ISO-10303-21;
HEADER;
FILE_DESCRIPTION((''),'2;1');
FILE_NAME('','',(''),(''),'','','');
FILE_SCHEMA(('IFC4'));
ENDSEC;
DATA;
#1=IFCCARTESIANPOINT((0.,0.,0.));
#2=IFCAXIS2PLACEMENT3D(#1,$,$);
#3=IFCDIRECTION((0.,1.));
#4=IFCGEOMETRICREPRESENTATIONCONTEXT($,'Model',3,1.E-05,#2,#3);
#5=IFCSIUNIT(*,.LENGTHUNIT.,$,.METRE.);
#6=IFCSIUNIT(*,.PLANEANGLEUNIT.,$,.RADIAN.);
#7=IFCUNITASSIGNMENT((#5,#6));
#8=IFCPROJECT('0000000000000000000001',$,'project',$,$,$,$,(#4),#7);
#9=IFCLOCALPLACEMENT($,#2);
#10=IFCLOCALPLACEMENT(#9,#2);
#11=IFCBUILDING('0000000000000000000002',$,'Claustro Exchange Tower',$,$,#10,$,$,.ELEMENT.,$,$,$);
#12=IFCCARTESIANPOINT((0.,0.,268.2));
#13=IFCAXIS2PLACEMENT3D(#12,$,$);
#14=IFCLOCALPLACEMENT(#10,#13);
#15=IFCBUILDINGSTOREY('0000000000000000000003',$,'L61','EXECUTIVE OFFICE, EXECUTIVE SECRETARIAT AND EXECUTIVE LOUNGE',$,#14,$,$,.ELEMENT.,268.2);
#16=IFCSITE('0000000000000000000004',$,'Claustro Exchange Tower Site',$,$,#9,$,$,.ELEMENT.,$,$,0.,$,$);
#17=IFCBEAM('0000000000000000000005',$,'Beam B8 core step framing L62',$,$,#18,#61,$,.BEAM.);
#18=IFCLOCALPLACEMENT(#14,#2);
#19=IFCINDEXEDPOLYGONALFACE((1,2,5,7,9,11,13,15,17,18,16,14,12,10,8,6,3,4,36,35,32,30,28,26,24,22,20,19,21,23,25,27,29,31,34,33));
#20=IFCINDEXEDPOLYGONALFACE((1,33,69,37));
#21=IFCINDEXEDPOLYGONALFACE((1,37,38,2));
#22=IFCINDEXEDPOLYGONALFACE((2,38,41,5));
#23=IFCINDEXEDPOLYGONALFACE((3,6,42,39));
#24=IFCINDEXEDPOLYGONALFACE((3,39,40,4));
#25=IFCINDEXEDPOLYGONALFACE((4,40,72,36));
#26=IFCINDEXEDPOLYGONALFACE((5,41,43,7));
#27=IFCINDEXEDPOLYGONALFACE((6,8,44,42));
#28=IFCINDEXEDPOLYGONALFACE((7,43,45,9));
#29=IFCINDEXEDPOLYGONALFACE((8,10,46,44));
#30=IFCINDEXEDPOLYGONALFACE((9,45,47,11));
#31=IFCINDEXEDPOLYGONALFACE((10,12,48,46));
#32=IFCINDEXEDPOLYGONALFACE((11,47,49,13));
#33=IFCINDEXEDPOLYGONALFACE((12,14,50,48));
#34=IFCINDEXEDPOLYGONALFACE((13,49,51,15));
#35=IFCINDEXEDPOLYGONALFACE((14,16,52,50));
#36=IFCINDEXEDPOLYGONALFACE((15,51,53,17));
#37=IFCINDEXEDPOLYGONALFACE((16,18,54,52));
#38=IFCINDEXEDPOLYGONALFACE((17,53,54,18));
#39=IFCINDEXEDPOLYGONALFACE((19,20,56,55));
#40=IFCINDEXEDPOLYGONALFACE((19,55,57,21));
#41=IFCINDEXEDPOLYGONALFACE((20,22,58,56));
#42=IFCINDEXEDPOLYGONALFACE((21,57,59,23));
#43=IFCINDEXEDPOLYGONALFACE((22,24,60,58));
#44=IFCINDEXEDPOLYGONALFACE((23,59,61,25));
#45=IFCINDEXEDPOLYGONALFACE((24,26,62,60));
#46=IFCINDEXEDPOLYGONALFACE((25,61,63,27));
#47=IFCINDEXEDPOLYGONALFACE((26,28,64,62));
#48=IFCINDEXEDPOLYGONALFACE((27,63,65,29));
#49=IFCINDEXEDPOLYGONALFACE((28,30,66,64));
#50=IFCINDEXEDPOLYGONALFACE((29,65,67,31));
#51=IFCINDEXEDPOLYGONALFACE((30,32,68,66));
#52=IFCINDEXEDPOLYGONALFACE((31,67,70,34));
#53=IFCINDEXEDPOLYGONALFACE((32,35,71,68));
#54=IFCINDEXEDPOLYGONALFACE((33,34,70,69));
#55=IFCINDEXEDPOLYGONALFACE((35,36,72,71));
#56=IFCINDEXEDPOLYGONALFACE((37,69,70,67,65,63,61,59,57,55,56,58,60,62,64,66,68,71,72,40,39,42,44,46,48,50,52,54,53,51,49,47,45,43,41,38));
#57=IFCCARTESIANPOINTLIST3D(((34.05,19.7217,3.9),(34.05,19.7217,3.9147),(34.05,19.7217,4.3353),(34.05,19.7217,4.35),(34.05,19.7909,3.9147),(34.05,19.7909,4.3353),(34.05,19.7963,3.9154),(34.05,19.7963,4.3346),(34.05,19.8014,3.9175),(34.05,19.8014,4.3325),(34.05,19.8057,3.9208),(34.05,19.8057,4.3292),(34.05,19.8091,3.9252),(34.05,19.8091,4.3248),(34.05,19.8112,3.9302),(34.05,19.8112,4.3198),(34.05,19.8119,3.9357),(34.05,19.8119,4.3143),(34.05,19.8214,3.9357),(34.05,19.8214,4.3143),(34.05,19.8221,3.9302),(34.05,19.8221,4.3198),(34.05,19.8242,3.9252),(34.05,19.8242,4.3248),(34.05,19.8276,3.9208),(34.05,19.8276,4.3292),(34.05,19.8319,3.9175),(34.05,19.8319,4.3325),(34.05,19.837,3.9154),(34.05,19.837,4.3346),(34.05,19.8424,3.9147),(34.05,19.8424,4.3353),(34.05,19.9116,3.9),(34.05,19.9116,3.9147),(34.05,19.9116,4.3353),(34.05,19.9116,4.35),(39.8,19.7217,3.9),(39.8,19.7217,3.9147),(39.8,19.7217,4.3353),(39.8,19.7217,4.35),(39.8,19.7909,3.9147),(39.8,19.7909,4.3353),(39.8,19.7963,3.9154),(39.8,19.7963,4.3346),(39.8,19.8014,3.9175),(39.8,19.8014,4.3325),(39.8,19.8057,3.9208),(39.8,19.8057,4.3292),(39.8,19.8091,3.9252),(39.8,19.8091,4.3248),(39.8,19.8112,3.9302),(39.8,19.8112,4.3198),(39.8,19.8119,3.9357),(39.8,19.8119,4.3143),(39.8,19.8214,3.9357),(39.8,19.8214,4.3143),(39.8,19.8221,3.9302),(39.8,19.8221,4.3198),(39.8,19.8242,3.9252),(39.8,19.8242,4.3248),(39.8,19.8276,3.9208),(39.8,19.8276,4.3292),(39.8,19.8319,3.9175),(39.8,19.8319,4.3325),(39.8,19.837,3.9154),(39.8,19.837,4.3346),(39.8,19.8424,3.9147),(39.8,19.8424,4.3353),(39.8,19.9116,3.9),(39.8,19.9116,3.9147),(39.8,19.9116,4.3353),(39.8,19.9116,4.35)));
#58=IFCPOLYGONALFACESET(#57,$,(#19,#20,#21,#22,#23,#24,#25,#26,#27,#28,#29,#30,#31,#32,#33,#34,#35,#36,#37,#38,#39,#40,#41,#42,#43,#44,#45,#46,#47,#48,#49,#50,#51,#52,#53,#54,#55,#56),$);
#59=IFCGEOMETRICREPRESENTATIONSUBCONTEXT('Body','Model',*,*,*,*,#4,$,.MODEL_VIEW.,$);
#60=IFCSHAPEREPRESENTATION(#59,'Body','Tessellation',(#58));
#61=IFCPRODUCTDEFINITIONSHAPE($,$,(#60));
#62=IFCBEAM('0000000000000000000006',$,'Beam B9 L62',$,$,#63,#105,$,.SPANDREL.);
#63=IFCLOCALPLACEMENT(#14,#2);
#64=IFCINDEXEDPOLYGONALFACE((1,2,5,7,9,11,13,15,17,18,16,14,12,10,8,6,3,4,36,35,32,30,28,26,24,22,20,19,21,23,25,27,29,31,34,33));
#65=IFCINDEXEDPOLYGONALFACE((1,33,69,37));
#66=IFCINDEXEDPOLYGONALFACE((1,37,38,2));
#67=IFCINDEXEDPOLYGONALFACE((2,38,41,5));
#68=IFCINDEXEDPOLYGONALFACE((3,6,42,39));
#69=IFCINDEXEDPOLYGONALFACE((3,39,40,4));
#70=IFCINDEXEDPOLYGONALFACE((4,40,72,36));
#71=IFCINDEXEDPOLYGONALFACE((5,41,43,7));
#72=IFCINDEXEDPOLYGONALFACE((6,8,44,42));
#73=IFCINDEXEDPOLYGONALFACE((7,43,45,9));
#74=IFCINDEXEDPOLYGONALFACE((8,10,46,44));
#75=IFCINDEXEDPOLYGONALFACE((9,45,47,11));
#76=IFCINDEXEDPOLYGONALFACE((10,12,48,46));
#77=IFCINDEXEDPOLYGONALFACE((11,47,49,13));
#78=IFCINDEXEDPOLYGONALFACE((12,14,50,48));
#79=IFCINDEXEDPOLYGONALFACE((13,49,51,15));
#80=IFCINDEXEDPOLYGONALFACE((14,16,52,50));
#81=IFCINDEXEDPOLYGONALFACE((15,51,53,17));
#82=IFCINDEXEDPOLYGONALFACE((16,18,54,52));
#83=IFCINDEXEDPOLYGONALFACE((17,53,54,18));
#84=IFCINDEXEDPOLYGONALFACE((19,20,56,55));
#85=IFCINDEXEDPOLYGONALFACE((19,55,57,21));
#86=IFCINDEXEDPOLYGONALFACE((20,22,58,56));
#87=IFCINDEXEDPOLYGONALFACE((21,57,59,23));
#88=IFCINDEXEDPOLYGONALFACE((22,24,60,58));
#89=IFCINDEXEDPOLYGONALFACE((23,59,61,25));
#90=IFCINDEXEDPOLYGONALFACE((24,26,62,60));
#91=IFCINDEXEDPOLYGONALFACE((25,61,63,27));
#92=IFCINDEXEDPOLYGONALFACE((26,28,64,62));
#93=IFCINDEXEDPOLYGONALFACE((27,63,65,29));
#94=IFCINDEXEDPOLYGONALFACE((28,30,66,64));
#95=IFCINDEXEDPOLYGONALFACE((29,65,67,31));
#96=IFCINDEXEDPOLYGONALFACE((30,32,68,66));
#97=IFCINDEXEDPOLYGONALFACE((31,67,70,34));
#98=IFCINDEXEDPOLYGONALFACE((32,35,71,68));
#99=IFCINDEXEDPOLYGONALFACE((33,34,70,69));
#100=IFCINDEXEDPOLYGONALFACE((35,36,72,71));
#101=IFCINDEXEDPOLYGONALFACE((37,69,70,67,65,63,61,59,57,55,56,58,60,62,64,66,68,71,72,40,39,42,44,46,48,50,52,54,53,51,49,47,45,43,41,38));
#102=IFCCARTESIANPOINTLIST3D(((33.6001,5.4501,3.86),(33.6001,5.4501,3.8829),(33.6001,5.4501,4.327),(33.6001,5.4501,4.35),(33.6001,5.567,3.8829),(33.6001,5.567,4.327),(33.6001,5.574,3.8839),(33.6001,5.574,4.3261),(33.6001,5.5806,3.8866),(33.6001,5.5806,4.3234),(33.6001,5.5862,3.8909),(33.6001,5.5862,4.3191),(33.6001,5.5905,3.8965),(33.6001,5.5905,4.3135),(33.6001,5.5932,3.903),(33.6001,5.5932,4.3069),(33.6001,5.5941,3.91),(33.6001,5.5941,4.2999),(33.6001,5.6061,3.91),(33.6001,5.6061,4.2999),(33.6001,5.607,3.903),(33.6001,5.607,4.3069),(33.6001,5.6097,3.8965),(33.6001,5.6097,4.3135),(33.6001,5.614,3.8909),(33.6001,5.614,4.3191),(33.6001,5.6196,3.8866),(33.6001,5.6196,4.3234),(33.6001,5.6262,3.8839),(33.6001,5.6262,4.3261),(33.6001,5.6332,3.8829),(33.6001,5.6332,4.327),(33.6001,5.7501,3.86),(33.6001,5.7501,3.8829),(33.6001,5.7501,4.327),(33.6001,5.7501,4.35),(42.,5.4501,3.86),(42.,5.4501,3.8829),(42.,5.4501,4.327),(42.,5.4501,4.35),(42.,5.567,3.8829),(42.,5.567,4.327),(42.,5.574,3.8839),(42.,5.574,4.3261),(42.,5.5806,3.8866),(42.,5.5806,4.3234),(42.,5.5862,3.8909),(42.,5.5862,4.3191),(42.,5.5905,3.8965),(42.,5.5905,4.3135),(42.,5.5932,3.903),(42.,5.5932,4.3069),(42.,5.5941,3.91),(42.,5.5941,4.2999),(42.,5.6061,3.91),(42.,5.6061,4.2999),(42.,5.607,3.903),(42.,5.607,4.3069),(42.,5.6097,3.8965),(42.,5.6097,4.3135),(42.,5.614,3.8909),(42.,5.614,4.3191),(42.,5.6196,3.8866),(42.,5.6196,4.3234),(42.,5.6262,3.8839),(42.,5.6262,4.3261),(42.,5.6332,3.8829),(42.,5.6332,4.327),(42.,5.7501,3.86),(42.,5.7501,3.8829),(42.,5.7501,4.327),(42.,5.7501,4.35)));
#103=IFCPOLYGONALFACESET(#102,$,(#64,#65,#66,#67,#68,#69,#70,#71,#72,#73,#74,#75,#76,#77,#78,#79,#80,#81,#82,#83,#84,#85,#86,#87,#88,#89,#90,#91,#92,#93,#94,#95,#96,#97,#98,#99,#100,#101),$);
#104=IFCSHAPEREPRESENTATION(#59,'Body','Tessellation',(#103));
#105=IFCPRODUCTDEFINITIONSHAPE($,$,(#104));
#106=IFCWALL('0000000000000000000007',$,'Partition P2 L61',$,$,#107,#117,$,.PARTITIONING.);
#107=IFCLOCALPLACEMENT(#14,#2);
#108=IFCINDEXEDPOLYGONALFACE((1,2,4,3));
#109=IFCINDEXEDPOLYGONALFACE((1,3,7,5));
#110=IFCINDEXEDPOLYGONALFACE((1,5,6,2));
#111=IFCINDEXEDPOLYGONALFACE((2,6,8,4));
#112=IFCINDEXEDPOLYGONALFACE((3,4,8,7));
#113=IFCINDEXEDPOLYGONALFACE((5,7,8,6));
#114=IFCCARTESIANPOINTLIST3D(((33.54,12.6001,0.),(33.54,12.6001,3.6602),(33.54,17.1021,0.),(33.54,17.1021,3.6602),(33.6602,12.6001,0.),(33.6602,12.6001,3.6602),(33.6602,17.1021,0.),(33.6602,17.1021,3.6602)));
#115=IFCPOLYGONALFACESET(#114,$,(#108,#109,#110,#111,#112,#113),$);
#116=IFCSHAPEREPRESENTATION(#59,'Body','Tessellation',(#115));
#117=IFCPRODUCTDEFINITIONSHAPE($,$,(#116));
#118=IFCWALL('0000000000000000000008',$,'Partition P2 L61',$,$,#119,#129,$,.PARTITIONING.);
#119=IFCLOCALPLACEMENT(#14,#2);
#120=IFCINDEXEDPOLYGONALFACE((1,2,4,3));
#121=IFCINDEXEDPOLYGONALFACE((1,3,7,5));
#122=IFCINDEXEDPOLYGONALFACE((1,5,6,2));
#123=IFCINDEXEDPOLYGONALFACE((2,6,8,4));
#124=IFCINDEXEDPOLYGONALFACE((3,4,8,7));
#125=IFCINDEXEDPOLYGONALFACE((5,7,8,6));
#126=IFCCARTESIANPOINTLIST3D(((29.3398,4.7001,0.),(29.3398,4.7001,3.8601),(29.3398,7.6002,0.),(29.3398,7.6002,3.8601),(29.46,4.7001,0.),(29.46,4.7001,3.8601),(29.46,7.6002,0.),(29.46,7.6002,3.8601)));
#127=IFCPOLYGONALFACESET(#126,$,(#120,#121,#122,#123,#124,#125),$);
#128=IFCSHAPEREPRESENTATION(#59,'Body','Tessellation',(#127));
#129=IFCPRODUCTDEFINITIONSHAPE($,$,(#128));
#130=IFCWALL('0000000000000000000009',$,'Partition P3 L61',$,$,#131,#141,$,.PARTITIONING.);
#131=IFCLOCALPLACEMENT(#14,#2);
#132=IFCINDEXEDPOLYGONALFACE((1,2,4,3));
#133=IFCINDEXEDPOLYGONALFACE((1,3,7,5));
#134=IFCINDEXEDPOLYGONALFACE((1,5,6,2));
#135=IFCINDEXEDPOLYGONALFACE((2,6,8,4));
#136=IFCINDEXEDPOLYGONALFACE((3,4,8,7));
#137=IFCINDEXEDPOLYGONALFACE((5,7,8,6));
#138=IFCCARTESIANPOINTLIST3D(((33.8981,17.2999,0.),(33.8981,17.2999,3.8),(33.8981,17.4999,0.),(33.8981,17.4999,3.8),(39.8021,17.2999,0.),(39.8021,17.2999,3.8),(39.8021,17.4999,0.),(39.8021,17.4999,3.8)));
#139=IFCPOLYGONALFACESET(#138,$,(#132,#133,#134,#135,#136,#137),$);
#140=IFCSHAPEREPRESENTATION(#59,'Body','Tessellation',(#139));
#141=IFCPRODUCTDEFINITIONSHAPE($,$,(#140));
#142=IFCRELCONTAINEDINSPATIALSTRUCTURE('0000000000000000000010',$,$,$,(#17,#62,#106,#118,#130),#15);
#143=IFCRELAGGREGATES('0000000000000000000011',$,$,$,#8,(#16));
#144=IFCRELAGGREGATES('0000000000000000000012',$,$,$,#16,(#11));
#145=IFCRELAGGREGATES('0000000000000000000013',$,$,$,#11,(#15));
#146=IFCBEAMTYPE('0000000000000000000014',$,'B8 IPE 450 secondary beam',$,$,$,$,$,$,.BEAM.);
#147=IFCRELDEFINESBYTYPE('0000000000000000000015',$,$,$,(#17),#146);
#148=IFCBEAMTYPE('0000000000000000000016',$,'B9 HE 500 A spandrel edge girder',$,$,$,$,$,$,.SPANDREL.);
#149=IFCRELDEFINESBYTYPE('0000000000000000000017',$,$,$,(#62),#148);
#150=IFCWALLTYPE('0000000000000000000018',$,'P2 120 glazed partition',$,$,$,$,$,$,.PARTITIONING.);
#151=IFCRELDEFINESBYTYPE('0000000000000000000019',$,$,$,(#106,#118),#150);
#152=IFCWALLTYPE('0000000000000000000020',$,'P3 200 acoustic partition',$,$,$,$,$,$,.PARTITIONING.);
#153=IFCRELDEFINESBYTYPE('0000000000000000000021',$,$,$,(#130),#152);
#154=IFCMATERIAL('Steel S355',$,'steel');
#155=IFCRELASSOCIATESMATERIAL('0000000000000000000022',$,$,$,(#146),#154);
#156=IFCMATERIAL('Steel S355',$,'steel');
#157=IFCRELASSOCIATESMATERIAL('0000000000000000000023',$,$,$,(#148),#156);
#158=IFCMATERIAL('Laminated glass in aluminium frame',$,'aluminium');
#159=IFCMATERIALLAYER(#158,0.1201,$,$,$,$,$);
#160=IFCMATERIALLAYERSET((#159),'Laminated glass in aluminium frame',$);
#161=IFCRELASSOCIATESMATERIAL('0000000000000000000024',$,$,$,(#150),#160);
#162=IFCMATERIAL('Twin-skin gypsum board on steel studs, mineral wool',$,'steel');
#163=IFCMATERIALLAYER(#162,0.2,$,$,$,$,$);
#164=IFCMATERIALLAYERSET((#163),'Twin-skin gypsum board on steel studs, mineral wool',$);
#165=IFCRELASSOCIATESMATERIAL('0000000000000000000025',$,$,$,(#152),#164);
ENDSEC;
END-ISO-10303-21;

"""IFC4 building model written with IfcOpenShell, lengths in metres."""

from ifc_helpers import new_model, si_unit, direction, frame, frame_2d, origin, origin_2d, place, context, subcontext, project, spatial, rectangle, i_section, extrude, material, layer, layer_set, material_profile, profile_set, type_object, element, save


model = new_model("IFC4")

# Units and contexts
model_context = context("Model", 3, precision=1e-05, world=origin(), true_north=direction((0.0, 1.0)))
body_context = subcontext(model_context, "Body", "Model", "MODEL_VIEW")
ifc_project = project(units=[si_unit("LENGTHUNIT", "METRE"), si_unit("PLANEANGLEUNIT", "RADIAN")], contexts=[model_context])

# Site, building, storey
site_placement = place(None, origin())
site = spatial("IfcSite", under=ifc_project, at=site_placement, Name="Claustro Exchange Tower Site", CompositionType="ELEMENT", RefElevation=0.0)
building_placement = place(site_placement, origin())
building = spatial("IfcBuilding", under=site, at=building_placement, Name="Claustro Exchange Tower", CompositionType="ELEMENT")
storey_placement = place(building_placement, frame((0.0, 0.0, 268.2)))
storey = spatial("IfcBuildingStorey", under=building, at=storey_placement, Name="L61", Description="EXECUTIVE OFFICE, EXECUTIVE SECRETARIAT AND EXECUTIVE LOUNGE", CompositionType="ELEMENT", Elevation=268.2)

# Beams
ifc_material_1 = material(Name="Steel S355", Category="steel")
ifc_material_profile_1 = material_profile(ifc_material_1, i_section(OverallWidth=0.1899, OverallDepth=0.45, WebThickness=0.0095, FlangeThickness=0.0146, FilletRadius=0.021, at=origin_2d()), Name="IPE 450")
ifc_profile_set_1 = profile_set([ifc_material_profile_1], Name="Steel S355")
beam_type_1 = type_object("IfcBeamType", Name="B8 IPE 450 secondary beam", PredefinedType="BEAM", material=ifc_profile_set_1)
for number, where, z_axis, x_axis, name in (
    (1, (34.05, 19.8167, 4.125), (1.0, 0.0, 0.0), (0.0, 1.0, 0.0), "Beam B8 core step framing L62"),
):
    element("IfcBeam", number, at=place(storey_placement, frame(where, z_axis=z_axis, x_axis=x_axis)), inside=storey, type_object=beam_type_1, Name=name, PredefinedType="BEAM", context=body_context, shape_type="SweptSolid", body=[
        extrude(i_section(OverallWidth=0.1899, OverallDepth=0.45, WebThickness=0.0095, FlangeThickness=0.0146, FilletRadius=0.021, at=origin_2d()), origin(), (0.0, 0.0, 1.0), 5.75),
    ])
ifc_material_2 = material(Name="Steel S355", Category="steel")
ifc_material_profile_2 = material_profile(ifc_material_2, i_section(OverallWidth=0.3, OverallDepth=0.49, WebThickness=0.012, FlangeThickness=0.0229, FilletRadius=0.0271, at=origin_2d()), Name="HE 500 A")
ifc_profile_set_2 = profile_set([ifc_material_profile_2], Name="Steel S355")
beam_type_2 = type_object("IfcBeamType", Name="B9 HE 500 A spandrel edge girder", PredefinedType="SPANDREL", material=ifc_profile_set_2)
beam_1_placement = place(storey_placement, frame((33.6001, 5.6001, 4.105), z_axis=(1.0, 0.0, 0.0), x_axis=(0.0, 1.0, 0.0)))
element("IfcBeam", 2, at=beam_1_placement, inside=storey, type_object=beam_type_2, Name="Beam B9 L62", PredefinedType="SPANDREL", context=body_context, shape_type="SweptSolid", body=[
    extrude(i_section(OverallWidth=0.3, OverallDepth=0.49, WebThickness=0.012, FlangeThickness=0.0229, FilletRadius=0.0271, at=origin_2d()), origin(), (0.0, 0.0, 1.0), 8.3999),
])

# Walls
ifc_material_3 = material(Name="Laminated glass in aluminium frame", Category="aluminium")
ifc_layer_1 = layer(ifc_material_3, 0.1201)
ifc_layer_set_1 = layer_set([ifc_layer_1], Name="Laminated glass in aluminium frame")
wall_type_1 = type_object("IfcWallType", Name="P2 120 glazed partition", PredefinedType="PARTITIONING", material=ifc_layer_set_1)
wall_1_placement = place(storey_placement, frame((33.6001, 12.6001, 0.0), z_axis=(0.0, 0.0, 1.0), x_axis=(0.0, 1.0, 0.0)))
element("IfcWall", 3, at=wall_1_placement, inside=storey, type_object=wall_type_1, Name="Partition P2 L61", PredefinedType="PARTITIONING", context=body_context, shape_type="SweptSolid", body=[
    extrude(rectangle(XDim=4.502, YDim=0.1201, at=frame_2d((2.251, 0.0))), origin(), (0.0, 0.0, 1.0), 3.6602),
])
wall_2_placement = place(storey_placement, frame((29.3999, 4.7, 0.0), z_axis=(0.0, 0.0, 1.0), x_axis=(0.0, 1.0, 0.0)))
element("IfcWall", 4, at=wall_2_placement, inside=storey, type_object=wall_type_1, Name="Partition P2 L61", PredefinedType="PARTITIONING", context=body_context, shape_type="SweptSolid", body=[
    extrude(rectangle(XDim=2.9001, YDim=0.1201, at=frame_2d((1.4502, 0.0))), origin(), (0.0, 0.0, 1.0), 3.8601),
])
ifc_material_4 = material(Name="Twin-skin gypsum board on steel studs, mineral wool", Category="steel")
ifc_layer_2 = layer(ifc_material_4, 0.2)
ifc_layer_set_2 = layer_set([ifc_layer_2], Name="Twin-skin gypsum board on steel studs, mineral wool")
wall_type_2 = type_object("IfcWallType", Name="P3 200 acoustic partition", PredefinedType="PARTITIONING", material=ifc_layer_set_2)
wall_3_placement = place(storey_placement, frame((33.8979, 17.3999, 0.0), z_axis=(0.0, 0.0, 1.0), x_axis=(1.0, 0.0, 0.0)))
element("IfcWall", 5, at=wall_3_placement, inside=storey, type_object=wall_type_2, Name="Partition P3 L61", PredefinedType="PARTITIONING", context=body_context, shape_type="SweptSolid", body=[
    extrude(rectangle(XDim=5.9041, YDim=0.2, at=frame_2d((2.9521, 0.0))), origin(), (0.0, 0.0, 1.0), 3.8),
])

save(model, "model.ifc")
